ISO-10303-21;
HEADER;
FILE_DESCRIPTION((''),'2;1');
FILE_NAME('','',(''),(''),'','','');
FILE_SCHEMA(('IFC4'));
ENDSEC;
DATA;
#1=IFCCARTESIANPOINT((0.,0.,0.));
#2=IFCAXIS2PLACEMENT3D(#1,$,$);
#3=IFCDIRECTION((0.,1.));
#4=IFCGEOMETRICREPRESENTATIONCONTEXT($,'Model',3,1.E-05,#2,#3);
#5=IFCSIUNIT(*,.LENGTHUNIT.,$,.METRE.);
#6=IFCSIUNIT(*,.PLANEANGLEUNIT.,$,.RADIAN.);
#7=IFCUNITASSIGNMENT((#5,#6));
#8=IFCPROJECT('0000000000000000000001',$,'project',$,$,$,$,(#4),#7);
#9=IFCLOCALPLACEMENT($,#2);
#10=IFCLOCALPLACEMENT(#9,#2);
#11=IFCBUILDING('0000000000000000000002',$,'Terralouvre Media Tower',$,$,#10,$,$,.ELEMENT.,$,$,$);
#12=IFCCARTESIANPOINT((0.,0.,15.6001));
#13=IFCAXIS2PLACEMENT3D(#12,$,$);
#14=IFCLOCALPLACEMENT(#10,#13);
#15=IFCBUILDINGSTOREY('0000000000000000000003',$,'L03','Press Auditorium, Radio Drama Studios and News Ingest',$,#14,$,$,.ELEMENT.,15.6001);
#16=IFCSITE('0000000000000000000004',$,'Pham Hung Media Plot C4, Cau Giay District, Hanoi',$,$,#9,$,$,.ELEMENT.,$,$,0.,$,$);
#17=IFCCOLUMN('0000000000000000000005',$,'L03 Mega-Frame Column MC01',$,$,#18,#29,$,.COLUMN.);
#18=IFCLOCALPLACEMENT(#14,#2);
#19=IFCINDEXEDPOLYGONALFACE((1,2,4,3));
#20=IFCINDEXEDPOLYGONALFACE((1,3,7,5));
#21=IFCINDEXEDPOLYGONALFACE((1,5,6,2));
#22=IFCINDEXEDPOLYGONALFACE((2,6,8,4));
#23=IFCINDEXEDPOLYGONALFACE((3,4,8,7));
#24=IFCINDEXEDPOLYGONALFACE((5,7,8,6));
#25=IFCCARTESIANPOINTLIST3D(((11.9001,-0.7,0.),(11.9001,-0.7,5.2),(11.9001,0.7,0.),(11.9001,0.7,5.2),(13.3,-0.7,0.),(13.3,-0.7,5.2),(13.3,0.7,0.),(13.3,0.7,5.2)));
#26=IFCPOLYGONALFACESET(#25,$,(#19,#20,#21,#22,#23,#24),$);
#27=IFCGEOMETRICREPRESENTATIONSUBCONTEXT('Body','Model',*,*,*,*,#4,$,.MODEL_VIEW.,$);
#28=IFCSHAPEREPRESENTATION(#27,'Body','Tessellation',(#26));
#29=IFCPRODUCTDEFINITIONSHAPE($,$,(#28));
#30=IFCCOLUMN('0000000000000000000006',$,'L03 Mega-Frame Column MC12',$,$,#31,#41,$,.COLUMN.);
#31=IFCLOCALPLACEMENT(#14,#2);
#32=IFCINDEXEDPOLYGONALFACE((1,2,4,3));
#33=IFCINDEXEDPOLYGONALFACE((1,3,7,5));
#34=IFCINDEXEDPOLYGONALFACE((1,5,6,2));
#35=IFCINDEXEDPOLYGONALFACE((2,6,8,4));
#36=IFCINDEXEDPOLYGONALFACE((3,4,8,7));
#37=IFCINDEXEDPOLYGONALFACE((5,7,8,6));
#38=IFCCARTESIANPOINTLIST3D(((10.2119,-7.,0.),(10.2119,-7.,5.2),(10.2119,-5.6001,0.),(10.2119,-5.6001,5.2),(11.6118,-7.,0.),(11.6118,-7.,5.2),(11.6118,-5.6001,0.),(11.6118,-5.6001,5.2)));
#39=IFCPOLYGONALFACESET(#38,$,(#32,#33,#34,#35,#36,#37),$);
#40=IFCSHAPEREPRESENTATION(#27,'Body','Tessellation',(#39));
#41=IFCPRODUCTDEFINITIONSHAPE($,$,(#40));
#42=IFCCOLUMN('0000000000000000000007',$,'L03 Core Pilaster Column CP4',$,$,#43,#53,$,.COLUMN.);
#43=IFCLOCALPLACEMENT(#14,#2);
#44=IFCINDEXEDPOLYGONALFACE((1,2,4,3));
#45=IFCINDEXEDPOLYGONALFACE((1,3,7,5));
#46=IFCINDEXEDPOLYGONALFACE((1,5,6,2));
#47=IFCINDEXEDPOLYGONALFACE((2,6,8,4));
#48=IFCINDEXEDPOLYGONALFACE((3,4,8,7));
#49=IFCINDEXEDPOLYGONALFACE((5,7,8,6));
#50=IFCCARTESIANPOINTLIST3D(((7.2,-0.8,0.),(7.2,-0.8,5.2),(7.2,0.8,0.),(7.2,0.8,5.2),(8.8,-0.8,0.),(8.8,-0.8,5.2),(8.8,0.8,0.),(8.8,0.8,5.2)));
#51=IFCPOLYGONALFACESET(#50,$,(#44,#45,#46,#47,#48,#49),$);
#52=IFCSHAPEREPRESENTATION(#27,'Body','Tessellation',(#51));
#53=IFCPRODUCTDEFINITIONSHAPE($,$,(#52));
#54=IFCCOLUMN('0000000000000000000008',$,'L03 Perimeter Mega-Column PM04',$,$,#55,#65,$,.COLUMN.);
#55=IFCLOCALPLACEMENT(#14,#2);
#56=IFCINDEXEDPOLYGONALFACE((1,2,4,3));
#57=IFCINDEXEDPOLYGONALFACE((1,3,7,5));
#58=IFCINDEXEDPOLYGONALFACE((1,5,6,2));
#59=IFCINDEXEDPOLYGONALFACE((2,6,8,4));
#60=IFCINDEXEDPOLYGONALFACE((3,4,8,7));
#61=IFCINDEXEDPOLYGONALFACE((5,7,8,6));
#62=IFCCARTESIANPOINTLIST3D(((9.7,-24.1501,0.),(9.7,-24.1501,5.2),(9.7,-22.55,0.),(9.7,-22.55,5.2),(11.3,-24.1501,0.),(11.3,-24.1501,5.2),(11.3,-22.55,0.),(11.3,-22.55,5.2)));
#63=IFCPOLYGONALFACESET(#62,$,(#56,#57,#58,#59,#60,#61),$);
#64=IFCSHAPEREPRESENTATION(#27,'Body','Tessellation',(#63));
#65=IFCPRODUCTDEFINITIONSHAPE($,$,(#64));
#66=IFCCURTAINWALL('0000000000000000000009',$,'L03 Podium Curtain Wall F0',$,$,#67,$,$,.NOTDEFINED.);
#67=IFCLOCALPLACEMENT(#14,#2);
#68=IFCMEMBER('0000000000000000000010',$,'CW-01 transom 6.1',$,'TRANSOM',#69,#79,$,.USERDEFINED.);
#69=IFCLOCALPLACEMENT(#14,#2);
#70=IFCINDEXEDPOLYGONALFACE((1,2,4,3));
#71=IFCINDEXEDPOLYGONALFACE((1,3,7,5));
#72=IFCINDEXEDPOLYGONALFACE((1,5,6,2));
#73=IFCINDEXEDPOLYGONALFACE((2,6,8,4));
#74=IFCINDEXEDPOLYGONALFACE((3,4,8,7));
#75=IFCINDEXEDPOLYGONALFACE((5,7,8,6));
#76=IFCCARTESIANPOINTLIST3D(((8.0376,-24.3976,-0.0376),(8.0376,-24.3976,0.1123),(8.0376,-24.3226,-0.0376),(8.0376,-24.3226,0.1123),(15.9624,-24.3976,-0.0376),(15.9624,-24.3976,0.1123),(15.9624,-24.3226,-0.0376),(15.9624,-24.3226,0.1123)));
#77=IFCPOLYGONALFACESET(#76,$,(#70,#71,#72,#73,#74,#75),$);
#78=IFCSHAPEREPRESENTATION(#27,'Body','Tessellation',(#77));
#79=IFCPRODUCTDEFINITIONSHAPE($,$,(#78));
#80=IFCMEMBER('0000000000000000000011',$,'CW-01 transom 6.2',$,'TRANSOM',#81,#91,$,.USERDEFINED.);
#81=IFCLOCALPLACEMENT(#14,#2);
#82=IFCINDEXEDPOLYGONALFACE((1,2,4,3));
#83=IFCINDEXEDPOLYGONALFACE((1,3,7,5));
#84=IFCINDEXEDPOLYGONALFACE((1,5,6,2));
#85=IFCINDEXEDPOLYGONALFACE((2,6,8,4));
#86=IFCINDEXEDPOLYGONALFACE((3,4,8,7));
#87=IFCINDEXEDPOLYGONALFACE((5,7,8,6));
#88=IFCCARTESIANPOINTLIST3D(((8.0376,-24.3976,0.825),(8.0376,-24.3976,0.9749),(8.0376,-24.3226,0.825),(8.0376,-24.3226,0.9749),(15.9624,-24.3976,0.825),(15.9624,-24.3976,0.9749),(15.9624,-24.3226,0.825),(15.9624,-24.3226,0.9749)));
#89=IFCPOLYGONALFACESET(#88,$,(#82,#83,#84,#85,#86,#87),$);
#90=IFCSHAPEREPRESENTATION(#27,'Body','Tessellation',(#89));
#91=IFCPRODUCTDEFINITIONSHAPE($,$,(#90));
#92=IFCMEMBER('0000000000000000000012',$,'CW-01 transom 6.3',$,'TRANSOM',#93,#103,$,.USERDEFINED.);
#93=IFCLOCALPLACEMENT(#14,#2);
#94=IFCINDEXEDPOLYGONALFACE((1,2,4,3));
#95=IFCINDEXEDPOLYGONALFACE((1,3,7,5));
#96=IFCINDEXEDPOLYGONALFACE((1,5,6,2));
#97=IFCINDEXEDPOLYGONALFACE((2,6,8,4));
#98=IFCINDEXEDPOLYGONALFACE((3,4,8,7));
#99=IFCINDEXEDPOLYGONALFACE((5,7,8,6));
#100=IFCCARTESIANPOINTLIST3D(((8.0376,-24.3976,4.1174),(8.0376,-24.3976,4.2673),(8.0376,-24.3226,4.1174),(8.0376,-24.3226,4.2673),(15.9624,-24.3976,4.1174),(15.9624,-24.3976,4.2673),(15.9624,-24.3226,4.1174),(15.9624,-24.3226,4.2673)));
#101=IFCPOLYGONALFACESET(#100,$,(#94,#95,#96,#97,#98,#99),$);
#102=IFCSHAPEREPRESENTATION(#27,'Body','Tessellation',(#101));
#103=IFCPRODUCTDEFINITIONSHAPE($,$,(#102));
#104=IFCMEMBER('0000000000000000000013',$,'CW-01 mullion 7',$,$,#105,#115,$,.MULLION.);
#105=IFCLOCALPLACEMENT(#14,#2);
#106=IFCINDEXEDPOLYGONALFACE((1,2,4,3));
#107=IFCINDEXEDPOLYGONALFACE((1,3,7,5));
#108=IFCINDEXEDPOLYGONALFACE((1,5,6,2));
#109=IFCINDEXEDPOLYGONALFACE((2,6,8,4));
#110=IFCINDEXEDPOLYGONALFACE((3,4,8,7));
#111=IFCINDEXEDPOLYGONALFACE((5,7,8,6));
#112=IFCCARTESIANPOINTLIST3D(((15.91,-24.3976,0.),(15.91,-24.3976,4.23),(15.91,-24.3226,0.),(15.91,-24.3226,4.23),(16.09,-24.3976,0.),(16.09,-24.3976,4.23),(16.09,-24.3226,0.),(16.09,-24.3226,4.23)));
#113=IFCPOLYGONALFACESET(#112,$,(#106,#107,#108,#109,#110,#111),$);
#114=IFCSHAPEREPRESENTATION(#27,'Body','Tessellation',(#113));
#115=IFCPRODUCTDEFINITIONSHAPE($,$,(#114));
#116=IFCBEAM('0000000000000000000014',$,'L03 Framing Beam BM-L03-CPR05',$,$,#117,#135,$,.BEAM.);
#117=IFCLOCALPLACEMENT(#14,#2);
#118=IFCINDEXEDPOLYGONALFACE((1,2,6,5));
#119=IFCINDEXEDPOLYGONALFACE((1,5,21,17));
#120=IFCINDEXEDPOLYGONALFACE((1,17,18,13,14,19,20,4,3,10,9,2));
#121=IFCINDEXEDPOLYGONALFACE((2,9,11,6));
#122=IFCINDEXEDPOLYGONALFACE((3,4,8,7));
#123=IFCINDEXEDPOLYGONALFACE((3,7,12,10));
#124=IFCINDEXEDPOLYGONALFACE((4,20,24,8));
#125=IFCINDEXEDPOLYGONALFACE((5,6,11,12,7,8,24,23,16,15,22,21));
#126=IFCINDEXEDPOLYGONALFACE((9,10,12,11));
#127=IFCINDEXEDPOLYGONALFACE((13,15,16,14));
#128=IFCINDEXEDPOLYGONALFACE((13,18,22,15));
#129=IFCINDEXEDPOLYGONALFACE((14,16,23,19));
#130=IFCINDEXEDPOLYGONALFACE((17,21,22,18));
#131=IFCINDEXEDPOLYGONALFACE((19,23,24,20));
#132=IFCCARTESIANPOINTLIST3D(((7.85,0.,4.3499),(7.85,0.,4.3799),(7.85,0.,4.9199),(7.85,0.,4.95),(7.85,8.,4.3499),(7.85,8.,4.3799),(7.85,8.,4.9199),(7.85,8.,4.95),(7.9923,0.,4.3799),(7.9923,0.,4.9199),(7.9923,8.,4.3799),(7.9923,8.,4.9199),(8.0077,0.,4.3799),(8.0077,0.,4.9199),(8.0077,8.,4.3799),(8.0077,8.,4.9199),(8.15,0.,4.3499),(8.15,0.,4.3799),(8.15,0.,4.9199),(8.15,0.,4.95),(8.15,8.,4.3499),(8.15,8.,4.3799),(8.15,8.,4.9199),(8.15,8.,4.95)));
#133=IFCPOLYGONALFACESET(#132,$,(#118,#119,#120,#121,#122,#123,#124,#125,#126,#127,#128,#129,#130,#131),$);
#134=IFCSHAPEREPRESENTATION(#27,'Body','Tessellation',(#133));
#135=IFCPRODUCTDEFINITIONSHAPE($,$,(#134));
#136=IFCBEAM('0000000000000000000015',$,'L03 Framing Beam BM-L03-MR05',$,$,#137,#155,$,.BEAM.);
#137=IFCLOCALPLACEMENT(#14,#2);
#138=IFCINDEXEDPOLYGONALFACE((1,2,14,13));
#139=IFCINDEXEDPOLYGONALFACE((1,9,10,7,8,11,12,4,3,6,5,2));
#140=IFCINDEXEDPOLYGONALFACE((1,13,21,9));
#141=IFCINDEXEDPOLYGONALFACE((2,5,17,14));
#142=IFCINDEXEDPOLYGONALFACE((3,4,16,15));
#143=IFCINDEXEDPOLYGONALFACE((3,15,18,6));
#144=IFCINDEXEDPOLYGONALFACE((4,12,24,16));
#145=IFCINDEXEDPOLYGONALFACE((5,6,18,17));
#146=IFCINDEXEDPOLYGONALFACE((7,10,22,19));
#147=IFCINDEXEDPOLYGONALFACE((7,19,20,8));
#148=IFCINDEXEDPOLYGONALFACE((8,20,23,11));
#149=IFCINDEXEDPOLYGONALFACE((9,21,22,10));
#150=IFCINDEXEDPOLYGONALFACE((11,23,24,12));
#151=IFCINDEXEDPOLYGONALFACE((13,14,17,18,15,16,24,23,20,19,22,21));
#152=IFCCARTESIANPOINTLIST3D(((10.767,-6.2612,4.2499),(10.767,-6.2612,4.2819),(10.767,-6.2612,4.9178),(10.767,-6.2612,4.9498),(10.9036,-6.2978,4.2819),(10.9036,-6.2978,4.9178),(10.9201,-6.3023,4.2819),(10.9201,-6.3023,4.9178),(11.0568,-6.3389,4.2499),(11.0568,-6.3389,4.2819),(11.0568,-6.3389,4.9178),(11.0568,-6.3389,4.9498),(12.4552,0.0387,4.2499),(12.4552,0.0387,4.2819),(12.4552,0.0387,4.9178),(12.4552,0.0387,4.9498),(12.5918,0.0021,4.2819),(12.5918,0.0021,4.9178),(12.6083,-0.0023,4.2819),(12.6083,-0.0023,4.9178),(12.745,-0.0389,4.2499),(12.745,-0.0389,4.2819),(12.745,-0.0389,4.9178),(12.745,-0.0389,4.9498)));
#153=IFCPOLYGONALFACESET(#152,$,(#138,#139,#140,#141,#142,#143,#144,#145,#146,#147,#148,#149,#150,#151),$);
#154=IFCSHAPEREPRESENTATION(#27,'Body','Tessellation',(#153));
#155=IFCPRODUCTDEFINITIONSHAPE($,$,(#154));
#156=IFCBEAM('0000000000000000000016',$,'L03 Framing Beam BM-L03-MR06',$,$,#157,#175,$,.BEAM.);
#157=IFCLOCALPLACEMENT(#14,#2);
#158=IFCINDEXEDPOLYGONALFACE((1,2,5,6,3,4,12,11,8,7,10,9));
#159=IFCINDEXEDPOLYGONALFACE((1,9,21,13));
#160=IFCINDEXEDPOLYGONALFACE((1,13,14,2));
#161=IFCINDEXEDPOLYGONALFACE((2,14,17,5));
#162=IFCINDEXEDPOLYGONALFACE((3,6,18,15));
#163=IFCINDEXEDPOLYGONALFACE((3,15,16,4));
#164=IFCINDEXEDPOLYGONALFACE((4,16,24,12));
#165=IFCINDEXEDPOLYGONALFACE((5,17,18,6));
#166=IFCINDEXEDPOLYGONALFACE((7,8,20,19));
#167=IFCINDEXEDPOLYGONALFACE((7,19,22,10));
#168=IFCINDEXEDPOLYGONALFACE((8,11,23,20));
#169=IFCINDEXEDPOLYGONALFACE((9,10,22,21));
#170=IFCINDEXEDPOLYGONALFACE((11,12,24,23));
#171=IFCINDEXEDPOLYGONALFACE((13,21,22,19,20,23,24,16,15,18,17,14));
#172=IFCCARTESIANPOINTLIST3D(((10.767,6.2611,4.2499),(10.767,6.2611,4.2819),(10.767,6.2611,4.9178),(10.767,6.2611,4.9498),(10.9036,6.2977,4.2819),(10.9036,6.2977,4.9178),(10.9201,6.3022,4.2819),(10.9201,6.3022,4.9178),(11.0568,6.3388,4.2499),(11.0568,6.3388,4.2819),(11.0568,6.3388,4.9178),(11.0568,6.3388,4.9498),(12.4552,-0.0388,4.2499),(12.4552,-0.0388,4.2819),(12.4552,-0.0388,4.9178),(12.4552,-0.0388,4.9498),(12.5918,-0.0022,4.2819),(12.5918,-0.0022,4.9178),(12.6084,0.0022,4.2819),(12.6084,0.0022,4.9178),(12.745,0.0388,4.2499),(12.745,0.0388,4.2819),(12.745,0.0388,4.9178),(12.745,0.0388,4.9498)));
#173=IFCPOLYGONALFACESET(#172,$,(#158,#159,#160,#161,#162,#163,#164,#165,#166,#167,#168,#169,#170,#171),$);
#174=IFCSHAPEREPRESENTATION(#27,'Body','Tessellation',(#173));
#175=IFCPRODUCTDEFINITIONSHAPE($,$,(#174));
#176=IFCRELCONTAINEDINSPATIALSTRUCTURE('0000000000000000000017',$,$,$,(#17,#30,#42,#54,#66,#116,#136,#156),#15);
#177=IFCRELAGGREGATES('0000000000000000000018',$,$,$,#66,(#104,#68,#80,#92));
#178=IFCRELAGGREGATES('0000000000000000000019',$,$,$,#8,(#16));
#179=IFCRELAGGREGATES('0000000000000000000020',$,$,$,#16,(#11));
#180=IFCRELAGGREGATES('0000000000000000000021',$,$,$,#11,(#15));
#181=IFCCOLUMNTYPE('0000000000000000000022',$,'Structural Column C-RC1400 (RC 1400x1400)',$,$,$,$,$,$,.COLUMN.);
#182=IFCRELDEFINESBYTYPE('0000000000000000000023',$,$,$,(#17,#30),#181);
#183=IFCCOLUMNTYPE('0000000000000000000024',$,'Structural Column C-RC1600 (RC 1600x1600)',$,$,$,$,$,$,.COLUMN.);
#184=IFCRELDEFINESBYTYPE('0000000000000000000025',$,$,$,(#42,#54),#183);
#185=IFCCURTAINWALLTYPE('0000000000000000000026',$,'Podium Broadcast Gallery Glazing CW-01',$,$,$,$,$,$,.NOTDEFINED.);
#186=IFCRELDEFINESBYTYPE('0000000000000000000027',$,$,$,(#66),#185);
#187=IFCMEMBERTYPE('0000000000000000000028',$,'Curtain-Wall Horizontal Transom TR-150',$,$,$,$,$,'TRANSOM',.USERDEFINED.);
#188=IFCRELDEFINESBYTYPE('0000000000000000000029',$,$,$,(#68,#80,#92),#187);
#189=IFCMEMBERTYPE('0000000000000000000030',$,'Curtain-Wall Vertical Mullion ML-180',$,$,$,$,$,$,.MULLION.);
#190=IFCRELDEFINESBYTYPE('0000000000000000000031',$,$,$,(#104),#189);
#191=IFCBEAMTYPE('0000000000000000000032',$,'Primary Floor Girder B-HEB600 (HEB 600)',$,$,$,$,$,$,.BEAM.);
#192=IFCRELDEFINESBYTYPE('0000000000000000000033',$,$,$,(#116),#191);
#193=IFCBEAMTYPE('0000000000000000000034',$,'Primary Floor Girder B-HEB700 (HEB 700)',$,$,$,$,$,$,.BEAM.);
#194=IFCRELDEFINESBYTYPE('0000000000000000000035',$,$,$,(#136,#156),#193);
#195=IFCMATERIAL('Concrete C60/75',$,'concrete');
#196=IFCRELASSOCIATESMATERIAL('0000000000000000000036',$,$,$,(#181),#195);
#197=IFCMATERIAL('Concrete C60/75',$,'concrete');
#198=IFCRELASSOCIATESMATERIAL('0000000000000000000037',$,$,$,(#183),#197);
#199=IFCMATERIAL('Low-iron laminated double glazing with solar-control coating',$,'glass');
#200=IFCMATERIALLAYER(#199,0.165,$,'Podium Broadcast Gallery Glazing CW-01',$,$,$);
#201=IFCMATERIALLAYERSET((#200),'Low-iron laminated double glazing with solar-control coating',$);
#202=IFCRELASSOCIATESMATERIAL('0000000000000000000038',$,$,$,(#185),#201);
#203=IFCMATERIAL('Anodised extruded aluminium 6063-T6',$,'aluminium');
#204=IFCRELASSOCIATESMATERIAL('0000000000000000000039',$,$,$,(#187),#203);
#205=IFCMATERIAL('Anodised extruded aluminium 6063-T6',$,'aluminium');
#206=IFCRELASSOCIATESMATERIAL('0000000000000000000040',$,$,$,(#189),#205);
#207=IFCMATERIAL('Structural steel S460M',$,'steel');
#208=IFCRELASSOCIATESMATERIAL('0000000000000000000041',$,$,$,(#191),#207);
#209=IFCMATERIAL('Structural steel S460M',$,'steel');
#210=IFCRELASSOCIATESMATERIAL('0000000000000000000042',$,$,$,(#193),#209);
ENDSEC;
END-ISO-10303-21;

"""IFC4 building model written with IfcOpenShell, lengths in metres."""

from ifc_helpers import new_model, si_unit, direction, frame, origin, origin_2d, place, context, subcontext, project, spatial, rectangle, i_section, extrude, material, layer, layer_set, material_profile, profile_set, type_object, element, aggregate, save


model = new_model("IFC4")

# Units and contexts
model_context = context("Model", 3, precision=1e-05, world=origin(), true_north=direction((0.0, 1.0)))
body_context = subcontext(model_context, "Body", "Model", "MODEL_VIEW")
ifc_project = project(units=[si_unit("LENGTHUNIT", "METRE"), si_unit("PLANEANGLEUNIT", "RADIAN")], contexts=[model_context])

# Site, building, storey
site_placement = place(None, origin())
site = spatial("IfcSite", under=ifc_project, at=site_placement, Name="Pham Hung Media Plot C4, Cau Giay District, Hanoi", CompositionType="ELEMENT", RefElevation=0.0)
building_placement = place(site_placement, origin())
building = spatial("IfcBuilding", under=site, at=building_placement, Name="Terralouvre Media Tower", CompositionType="ELEMENT")
storey_placement = place(building_placement, frame((0.0, 0.0, 15.6001)))
storey = spatial("IfcBuildingStorey", under=building, at=storey_placement, Name="L03", Description="Press Auditorium, Radio Drama Studios and News Ingest", CompositionType="ELEMENT", Elevation=15.6001)

# Columns
ifc_material_1 = material(Name="Concrete C60/75", Category="concrete")
ifc_material_profile_1 = material_profile(ifc_material_1, rectangle(XDim=1.3999, YDim=1.3999, at=origin_2d()), Name="RC 1400x1400")
ifc_profile_set_1 = profile_set([ifc_material_profile_1], Name="Concrete C60/75")
column_type_1 = type_object("IfcColumnType", Name="Structural Column C-RC1400 (RC 1400x1400)", PredefinedType="COLUMN", material=ifc_profile_set_1)
for number, where, z_axis, x_axis, name in (
    (1, (12.6001, 0.0, 0.0), (0.0, 0.0, 1.0), (1.0, 0.0, 0.0), "L03 Mega-Frame Column MC01"),
    (2, (10.9119, -6.3, 0.0), (0.0, 0.0, 1.0), (1.0, 0.0, 0.0), "L03 Mega-Frame Column MC12"),
):
    element("IfcColumn", number, at=place(storey_placement, frame(where, z_axis=z_axis, x_axis=x_axis)), inside=storey, type_object=column_type_1, Name=name, PredefinedType="COLUMN", context=body_context, shape_type="SweptSolid", body=[
        extrude(rectangle(XDim=1.3999, YDim=1.3999, at=origin_2d()), origin(), (0.0, 0.0, 1.0), 5.2),
    ])
ifc_material_2 = material(Name="Concrete C60/75", Category="concrete")
ifc_material_profile_2 = material_profile(ifc_material_2, rectangle(XDim=1.6001, YDim=1.6001, at=origin_2d()), Name="RC 1600x1600")
ifc_profile_set_2 = profile_set([ifc_material_profile_2], Name="Concrete C60/75")
column_type_2 = type_object("IfcColumnType", Name="Structural Column C-RC1600 (RC 1600x1600)", PredefinedType="COLUMN", material=ifc_profile_set_2)
for number, where, z_axis, x_axis, name in (
    (3, (8.0, 0.0, 0.0), (0.0, 0.0, 1.0), (1.0, 0.0, 0.0), "L03 Core Pilaster Column CP4"),
    (4, (10.5, -23.3501, 0.0), (0.0, 0.0, 1.0), (1.0, 0.0, 0.0), "L03 Perimeter Mega-Column PM04"),
):
    element("IfcColumn", number, at=place(storey_placement, frame(where, z_axis=z_axis, x_axis=x_axis)), inside=storey, type_object=column_type_2, Name=name, PredefinedType="COLUMN", context=body_context, shape_type="SweptSolid", body=[
        extrude(rectangle(XDim=1.6001, YDim=1.6001, at=origin_2d()), origin(), (0.0, 0.0, 1.0), 5.2),
    ])

# Curtain wall, members
ifc_material_3 = material(Name="Low-iron laminated double glazing with solar-control coating", Category="glass")
ifc_layer_1 = layer(ifc_material_3, 0.165, Name="Podium Broadcast Gallery Glazing CW-01")
ifc_layer_set_1 = layer_set([ifc_layer_1], Name="Low-iron laminated double glazing with solar-control coating")
curtain_wall_type = type_object("IfcCurtainWallType", Name="Podium Broadcast Gallery Glazing CW-01", PredefinedType="NOTDEFINED", material=ifc_layer_set_1)
curtain_wall_placement = place(storey_placement, origin())
curtain_wall = element("IfcCurtainWall", 5, at=curtain_wall_placement, inside=storey, type_object=curtain_wall_type, Name="L03 Podium Curtain Wall F0", PredefinedType="NOTDEFINED")
ifc_material_4 = material(Name="Anodised extruded aluminium 6063-T6", Category="aluminium")
ifc_material_profile_3 = material_profile(ifc_material_4, rectangle(XDim=0.075, YDim=0.1499, at=origin_2d()), Name="ALU 75x150")
ifc_profile_set_3 = profile_set([ifc_material_profile_3], Name="Anodised extruded aluminium 6063-T6")
member_type_1 = type_object("IfcMemberType", Name="Curtain-Wall Horizontal Transom TR-150", ElementType="TRANSOM", PredefinedType="USERDEFINED", material=ifc_profile_set_3)
member_1_placement = place(storey_placement, frame((8.0376, -24.3601, 0.0374), z_axis=(1.0, 0.0, 0.0), x_axis=(0.0, 1.0, 0.0)))
member_1 = element("IfcMember", 6, at=member_1_placement, type_object=member_type_1, Name="CW-01 transom 6.1", ObjectType="TRANSOM", PredefinedType="USERDEFINED", context=body_context, shape_type="SweptSolid", body=[
    extrude(rectangle(XDim=0.075, YDim=0.1499, at=origin_2d()), origin(), (0.0, 0.0, 1.0), 7.9248),
])
member_2_placement = place(storey_placement, frame((8.0376, -24.3601, 0.8999), z_axis=(1.0, 0.0, 0.0), x_axis=(0.0, 1.0, 0.0)))
member_2 = element("IfcMember", 7, at=member_2_placement, type_object=member_type_1, Name="CW-01 transom 6.2", ObjectType="TRANSOM", PredefinedType="USERDEFINED", context=body_context, shape_type="SweptSolid", body=[
    extrude(rectangle(XDim=0.075, YDim=0.1499, at=origin_2d()), origin(), (0.0, 0.0, 1.0), 7.9248),
])
member_3_placement = place(storey_placement, frame((8.0376, -24.3601, 4.1924), z_axis=(1.0, 0.0, 0.0), x_axis=(0.0, 1.0, 0.0)))
member_3 = element("IfcMember", 8, at=member_3_placement, type_object=member_type_1, Name="CW-01 transom 6.3", ObjectType="TRANSOM", PredefinedType="USERDEFINED", context=body_context, shape_type="SweptSolid", body=[
    extrude(rectangle(XDim=0.075, YDim=0.1499, at=origin_2d()), origin(), (0.0, 0.0, 1.0), 7.9248),
])
ifc_material_5 = material(Name="Anodised extruded aluminium 6063-T6", Category="aluminium")
ifc_material_profile_4 = material_profile(ifc_material_5, rectangle(XDim=0.075, YDim=0.1799, at=origin_2d()), Name="ALU 75x180")
ifc_profile_set_4 = profile_set([ifc_material_profile_4], Name="Anodised extruded aluminium 6063-T6")
member_type_2 = type_object("IfcMemberType", Name="Curtain-Wall Vertical Mullion ML-180", PredefinedType="MULLION", material=ifc_profile_set_4)
member_4_placement = place(storey_placement, frame((16.0, -24.3601, 0.0), z_axis=(0.0, 0.0, 1.0), x_axis=(0.0, 1.0, 0.0)))
member_4 = element("IfcMember", 9, at=member_4_placement, type_object=member_type_2, Name="CW-01 mullion 7", PredefinedType="MULLION", context=body_context, shape_type="SweptSolid", body=[
    extrude(rectangle(XDim=0.075, YDim=0.1799, at=origin_2d()), origin(), (0.0, 0.0, 1.0), 4.23),
])

# Beams
ifc_material_6 = material(Name="Structural steel S460M", Category="steel")
ifc_material_profile_5 = material_profile(ifc_material_6, i_section(OverallWidth=0.3, OverallDepth=0.6001, WebThickness=0.0154, FlangeThickness=0.03, at=origin_2d()), Name="HEB 600")
ifc_profile_set_5 = profile_set([ifc_material_profile_5], Name="Structural steel S460M")
beam_type_1 = type_object("IfcBeamType", Name="Primary Floor Girder B-HEB600 (HEB 600)", PredefinedType="BEAM", material=ifc_profile_set_5)
beam_1_placement = place(storey_placement, frame((8.0, 0.0, 4.6499), z_axis=(0.0, 1.0, 0.0), x_axis=(-1.0, 0.0, 0.0)))
element("IfcBeam", 10, at=beam_1_placement, inside=storey, type_object=beam_type_1, Name="L03 Framing Beam BM-L03-CPR05", PredefinedType="BEAM", context=body_context, shape_type="SweptSolid", body=[
    extrude(i_section(OverallWidth=0.3, OverallDepth=0.6001, WebThickness=0.0154, FlangeThickness=0.03, at=origin_2d()), origin(), (0.0, 0.0, 1.0), 8.0),
])
ifc_material_7 = material(Name="Structural steel S460M", Category="steel")
ifc_material_profile_6 = material_profile(ifc_material_7, i_section(OverallWidth=0.3, OverallDepth=0.7, WebThickness=0.0171, FlangeThickness=0.032, at=origin_2d()), Name="HEB 700")
ifc_profile_set_6 = profile_set([ifc_material_profile_6], Name="Structural steel S460M")
beam_type_2 = type_object("IfcBeamType", Name="Primary Floor Girder B-HEB700 (HEB 700)", PredefinedType="BEAM", material=ifc_profile_set_6)
for number, where, z_axis, x_axis, name in (
    (11, (10.9119, -6.3, 4.5999), (0.258839, 0.96592, 0.0), (-0.96592, 0.258839, 0.0), "L03 Framing Beam BM-L03-MR05"),
    (12, (12.6001, 0.0, 4.5999), (-0.258839, 0.96592, 0.0), (-0.96592, -0.258839, 0.0), "L03 Framing Beam BM-L03-MR06"),
):
    element("IfcBeam", number, at=place(storey_placement, frame(where, z_axis=z_axis, x_axis=x_axis)), inside=storey, type_object=beam_type_2, Name=name, PredefinedType="BEAM", context=body_context, shape_type="SweptSolid", body=[
        extrude(i_section(OverallWidth=0.3, OverallDepth=0.7, WebThickness=0.0171, FlangeThickness=0.032, at=origin_2d()), origin(), (0.0, 0.0, 1.0), 6.5222),
    ])

aggregate(curtain_wall, [member_4, member_1, member_2, member_3])

save(model, "model.ifc")
